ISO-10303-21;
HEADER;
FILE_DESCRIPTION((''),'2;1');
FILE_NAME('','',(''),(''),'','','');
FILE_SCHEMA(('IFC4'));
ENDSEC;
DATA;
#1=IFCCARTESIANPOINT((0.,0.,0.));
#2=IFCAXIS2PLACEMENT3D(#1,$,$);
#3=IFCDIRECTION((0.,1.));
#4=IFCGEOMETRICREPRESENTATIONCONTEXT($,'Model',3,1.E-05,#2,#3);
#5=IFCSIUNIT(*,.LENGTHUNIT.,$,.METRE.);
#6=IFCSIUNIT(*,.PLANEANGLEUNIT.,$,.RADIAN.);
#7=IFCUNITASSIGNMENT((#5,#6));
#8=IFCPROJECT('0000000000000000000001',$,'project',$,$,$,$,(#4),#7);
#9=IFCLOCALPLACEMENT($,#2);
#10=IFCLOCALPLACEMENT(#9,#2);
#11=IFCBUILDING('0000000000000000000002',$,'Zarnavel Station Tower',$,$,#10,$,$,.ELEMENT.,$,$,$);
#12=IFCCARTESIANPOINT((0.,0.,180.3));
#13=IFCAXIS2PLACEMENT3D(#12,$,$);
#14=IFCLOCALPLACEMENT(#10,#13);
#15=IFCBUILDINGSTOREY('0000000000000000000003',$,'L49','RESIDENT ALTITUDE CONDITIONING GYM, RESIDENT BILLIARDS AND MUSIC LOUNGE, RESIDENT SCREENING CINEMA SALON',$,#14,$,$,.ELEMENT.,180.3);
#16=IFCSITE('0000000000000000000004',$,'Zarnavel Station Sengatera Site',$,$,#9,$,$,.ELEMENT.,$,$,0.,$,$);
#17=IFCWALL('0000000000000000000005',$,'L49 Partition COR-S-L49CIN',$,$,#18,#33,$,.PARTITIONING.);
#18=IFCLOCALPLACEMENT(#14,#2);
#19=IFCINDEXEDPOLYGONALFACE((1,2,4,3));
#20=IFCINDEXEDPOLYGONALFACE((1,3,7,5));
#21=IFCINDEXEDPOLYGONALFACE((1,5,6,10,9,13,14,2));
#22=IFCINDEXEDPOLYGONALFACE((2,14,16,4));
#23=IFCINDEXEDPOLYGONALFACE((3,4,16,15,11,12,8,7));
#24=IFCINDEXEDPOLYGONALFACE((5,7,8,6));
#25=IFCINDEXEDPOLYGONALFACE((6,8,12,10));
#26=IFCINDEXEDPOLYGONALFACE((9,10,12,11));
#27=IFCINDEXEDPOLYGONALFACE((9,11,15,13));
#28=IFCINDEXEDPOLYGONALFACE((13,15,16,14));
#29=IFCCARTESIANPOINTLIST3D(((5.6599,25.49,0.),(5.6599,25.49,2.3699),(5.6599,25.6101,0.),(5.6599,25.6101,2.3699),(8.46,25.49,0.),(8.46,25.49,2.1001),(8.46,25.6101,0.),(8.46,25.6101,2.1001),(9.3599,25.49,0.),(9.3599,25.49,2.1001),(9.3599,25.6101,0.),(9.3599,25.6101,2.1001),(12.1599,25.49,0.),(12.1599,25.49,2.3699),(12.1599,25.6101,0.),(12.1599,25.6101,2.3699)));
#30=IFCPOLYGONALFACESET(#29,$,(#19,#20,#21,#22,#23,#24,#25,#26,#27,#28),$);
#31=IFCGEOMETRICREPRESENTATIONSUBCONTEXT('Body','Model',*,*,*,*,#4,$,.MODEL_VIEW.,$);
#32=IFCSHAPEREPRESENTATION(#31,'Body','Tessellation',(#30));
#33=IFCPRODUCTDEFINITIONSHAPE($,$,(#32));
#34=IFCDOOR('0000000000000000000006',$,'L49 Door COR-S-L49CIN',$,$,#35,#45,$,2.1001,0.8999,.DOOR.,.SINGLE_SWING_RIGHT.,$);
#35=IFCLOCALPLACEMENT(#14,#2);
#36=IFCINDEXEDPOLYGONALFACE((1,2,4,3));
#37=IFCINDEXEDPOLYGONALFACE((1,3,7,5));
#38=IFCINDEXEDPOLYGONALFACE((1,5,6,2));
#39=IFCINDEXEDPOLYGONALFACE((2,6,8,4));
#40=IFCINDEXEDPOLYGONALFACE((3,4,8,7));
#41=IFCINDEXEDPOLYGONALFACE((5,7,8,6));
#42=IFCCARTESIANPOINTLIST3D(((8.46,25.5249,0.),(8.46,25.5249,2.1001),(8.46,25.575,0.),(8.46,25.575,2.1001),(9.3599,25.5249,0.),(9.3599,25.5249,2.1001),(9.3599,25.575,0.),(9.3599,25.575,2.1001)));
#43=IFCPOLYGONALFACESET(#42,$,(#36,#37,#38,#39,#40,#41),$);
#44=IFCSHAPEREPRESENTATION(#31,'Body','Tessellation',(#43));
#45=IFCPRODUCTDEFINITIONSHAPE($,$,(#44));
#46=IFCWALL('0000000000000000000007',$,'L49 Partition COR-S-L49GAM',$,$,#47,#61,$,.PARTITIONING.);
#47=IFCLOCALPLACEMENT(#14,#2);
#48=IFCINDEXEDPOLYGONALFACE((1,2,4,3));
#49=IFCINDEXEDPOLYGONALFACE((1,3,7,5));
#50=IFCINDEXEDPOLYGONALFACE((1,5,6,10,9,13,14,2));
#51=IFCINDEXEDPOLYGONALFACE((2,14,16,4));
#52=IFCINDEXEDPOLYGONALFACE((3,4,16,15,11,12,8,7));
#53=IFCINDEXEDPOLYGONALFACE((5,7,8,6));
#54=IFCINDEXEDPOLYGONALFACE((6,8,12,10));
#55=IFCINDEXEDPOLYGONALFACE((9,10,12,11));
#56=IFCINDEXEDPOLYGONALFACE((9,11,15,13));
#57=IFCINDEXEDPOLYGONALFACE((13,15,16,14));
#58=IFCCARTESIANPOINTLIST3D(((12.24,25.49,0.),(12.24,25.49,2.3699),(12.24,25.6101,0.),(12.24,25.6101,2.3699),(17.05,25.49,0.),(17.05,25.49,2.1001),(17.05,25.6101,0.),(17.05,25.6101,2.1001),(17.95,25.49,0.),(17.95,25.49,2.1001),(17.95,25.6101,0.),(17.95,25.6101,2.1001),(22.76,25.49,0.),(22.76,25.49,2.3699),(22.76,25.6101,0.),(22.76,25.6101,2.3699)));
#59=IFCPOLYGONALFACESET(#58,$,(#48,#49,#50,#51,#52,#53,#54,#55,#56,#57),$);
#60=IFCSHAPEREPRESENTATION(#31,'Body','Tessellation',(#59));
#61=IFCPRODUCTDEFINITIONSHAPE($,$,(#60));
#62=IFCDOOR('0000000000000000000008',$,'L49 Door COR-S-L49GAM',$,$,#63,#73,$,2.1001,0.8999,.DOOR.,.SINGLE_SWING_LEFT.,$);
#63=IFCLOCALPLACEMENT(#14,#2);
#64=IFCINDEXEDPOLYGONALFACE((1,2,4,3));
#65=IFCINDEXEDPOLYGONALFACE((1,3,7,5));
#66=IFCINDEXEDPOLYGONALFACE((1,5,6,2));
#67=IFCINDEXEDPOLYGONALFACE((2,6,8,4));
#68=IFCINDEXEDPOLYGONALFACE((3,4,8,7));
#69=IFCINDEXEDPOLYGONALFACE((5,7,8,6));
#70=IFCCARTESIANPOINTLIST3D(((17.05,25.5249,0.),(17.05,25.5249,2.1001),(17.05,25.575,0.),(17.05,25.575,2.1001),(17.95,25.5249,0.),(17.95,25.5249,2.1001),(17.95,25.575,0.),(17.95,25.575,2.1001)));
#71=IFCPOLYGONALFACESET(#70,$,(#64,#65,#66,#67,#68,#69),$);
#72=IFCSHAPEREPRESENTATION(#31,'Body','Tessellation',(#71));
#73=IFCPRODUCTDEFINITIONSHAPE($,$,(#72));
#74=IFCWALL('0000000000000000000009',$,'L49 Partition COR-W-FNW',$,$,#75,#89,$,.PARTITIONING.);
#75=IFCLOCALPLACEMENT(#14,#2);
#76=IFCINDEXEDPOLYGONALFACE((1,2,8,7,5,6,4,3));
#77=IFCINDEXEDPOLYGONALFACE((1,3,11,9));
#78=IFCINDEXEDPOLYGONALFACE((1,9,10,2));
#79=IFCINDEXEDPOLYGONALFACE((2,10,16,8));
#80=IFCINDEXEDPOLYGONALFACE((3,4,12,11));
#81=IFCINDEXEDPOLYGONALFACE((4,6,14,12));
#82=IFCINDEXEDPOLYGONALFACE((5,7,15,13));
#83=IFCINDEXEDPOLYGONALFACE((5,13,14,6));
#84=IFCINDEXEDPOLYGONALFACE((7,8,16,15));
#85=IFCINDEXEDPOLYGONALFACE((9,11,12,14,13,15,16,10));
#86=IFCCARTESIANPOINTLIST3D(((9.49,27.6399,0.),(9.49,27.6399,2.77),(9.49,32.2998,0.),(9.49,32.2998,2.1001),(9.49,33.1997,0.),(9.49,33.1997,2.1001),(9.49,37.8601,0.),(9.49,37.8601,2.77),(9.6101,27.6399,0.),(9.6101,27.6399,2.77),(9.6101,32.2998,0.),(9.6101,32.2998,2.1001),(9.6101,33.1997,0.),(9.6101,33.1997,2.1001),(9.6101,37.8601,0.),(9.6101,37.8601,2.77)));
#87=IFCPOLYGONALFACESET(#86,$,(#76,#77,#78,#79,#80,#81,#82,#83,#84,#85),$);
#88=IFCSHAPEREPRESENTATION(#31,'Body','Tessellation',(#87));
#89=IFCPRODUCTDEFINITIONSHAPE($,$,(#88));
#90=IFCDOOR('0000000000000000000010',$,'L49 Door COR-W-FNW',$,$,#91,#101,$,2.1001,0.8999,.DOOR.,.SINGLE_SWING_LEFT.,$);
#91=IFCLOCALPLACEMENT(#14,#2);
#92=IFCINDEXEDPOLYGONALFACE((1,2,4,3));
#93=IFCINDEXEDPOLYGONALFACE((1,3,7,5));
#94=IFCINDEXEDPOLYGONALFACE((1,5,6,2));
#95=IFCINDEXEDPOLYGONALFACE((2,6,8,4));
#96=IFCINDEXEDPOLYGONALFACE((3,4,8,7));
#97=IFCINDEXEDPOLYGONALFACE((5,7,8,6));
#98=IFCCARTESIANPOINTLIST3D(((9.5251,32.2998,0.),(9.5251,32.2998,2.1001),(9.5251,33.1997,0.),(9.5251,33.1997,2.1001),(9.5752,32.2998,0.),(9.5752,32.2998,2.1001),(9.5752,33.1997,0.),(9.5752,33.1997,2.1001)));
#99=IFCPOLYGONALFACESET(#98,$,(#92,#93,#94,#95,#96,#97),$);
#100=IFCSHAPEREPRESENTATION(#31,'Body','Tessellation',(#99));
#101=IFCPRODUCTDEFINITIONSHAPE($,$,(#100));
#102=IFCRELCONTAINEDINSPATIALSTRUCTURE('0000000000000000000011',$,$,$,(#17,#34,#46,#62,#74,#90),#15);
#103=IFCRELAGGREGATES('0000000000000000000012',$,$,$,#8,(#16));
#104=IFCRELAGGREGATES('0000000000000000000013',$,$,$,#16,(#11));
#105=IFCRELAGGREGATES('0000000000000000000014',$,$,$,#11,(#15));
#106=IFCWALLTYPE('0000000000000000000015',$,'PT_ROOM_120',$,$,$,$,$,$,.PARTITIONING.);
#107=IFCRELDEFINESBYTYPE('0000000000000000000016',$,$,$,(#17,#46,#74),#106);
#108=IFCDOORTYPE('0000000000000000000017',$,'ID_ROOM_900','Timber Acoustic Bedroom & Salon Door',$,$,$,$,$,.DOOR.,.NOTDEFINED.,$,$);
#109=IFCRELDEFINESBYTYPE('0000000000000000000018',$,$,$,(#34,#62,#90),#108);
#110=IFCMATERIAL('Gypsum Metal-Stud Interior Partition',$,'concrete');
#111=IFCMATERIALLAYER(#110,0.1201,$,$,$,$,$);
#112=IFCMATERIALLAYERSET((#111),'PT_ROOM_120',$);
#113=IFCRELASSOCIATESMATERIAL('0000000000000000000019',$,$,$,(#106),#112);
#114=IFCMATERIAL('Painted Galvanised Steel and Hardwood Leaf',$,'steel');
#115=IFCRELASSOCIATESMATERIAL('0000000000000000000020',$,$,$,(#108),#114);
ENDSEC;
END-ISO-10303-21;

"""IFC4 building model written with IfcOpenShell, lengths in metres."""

from ifc_helpers import new_model, si_unit, direction, frame, frame_2d, origin, place, context, subcontext, project, spatial, rectangle, extrude, material, layer, layer_set, type_object, element, fill, save


model = new_model("IFC4")

# Units and contexts
model_context = context("Model", 3, precision=1e-05, world=origin(), true_north=direction((0.0, 1.0)))
body_context = subcontext(model_context, "Body", "Model", "MODEL_VIEW")
ifc_project = project(units=[si_unit("LENGTHUNIT", "METRE"), si_unit("PLANEANGLEUNIT", "RADIAN")], contexts=[model_context])

# Site, building, storey
site_placement = place(None, origin())
site = spatial("IfcSite", under=ifc_project, at=site_placement, Name="Zarnavel Station Sengatera Site", CompositionType="ELEMENT", RefElevation=0.0)
building_placement = place(site_placement, origin())
building = spatial("IfcBuilding", under=site, at=building_placement, Name="Zarnavel Station Tower", CompositionType="ELEMENT")
storey_placement = place(building_placement, frame((0.0, 0.0, 180.3)))
storey = spatial("IfcBuildingStorey", under=building, at=storey_placement, Name="L49", Description="RESIDENT ALTITUDE CONDITIONING GYM, RESIDENT BILLIARDS AND MUSIC LOUNGE, RESIDENT SCREENING CINEMA SALON", CompositionType="ELEMENT", Elevation=180.3)

# Walls, openings, doors
ifc_material_1 = material(Name="Gypsum Metal-Stud Interior Partition", Category="concrete")
ifc_layer_1 = layer(ifc_material_1, 0.1201)
ifc_layer_set_1 = layer_set([ifc_layer_1], Name="PT_ROOM_120")
wall_type_1 = type_object("IfcWallType", Name="PT_ROOM_120", PredefinedType="PARTITIONING", material=ifc_layer_set_1)
ifc_material_2 = material(Name="Painted Galvanised Steel and Hardwood Leaf", Category="steel")
door_type = type_object("IfcDoorType", Name="ID_ROOM_900", Description="Timber Acoustic Bedroom & Salon Door", OperationType="NOTDEFINED", PredefinedType="DOOR", material=ifc_material_2)
wall_1_placement = place(storey_placement, frame((5.6599, 25.55, 0.0), z_axis=(0.0, 0.0, 1.0), x_axis=(1.0, 0.0, 0.0)))
wall_1 = element("IfcWall", 1, at=wall_1_placement, inside=storey, type_object=wall_type_1, Name="L49 Partition COR-S-L49CIN", PredefinedType="PARTITIONING", context=body_context, shape_type="SweptSolid", body=[
    extrude(rectangle(XDim=6.5, YDim=0.1201, at=frame_2d((3.25, 0.0))), origin(), (0.0, 0.0, 1.0), 2.3699),
])
opening_1_placement = place(wall_1_placement, frame((2.8, 0.0, 0.0)))
opening_1 = element("IfcOpeningElement", 2, at=opening_1_placement, cuts=wall_1, PredefinedType="OPENING", context=body_context, shape_type="SweptSolid", body=[
    extrude(rectangle(XDim=0.8999, YDim=2.1001, at=frame_2d((0.45, 1.05))), frame((0.0, 0.0701, 0.0), z_axis=(0.0, -1.0, 0.0), x_axis=(1.0, 0.0, 0.0)), (0.0, 0.0, 1.0), 0.1401),
])
door_1_placement = place(opening_1_placement, origin())
door_1 = element("IfcDoor", 3, at=door_1_placement, inside=storey, type_object=door_type, Name="L49 Door COR-S-L49CIN", OperationType="SINGLE_SWING_RIGHT", OverallHeight=2.1001, OverallWidth=0.8999, PredefinedType="DOOR", context=body_context, shape_type="SweptSolid", body=[
    extrude(rectangle(XDim=0.8999, YDim=2.1001, at=frame_2d((0.45, 1.05))), frame((0.0, 0.0249, 0.0), z_axis=(0.0, -1.0, 0.0), x_axis=(1.0, 0.0, 0.0)), (0.0, 0.0, 1.0), 0.05),
])
fill(opening_1, door_1)
wall_2_placement = place(storey_placement, frame((12.24, 25.55, 0.0), z_axis=(0.0, 0.0, 1.0), x_axis=(1.0, 0.0, 0.0)))
wall_2 = element("IfcWall", 4, at=wall_2_placement, inside=storey, type_object=wall_type_1, Name="L49 Partition COR-S-L49GAM", PredefinedType="PARTITIONING", context=body_context, shape_type="SweptSolid", body=[
    extrude(rectangle(XDim=10.52, YDim=0.1201, at=frame_2d((5.26, 0.0))), origin(), (0.0, 0.0, 1.0), 2.3699),
])
opening_2_placement = place(wall_2_placement, frame((4.8101, 0.0, 0.0)))
opening_2 = element("IfcOpeningElement", 5, at=opening_2_placement, cuts=wall_2, PredefinedType="OPENING", context=body_context, shape_type="SweptSolid", body=[
    extrude(rectangle(XDim=0.8999, YDim=2.1001, at=frame_2d((0.45, 1.05))), frame((0.0, 0.0701, 0.0), z_axis=(0.0, -1.0, 0.0), x_axis=(1.0, 0.0, 0.0)), (0.0, 0.0, 1.0), 0.1401),
])
door_2_placement = place(opening_2_placement, origin())
door_2 = element("IfcDoor", 6, at=door_2_placement, inside=storey, type_object=door_type, Name="L49 Door COR-S-L49GAM", OperationType="SINGLE_SWING_LEFT", OverallHeight=2.1001, OverallWidth=0.8999, PredefinedType="DOOR", context=body_context, shape_type="SweptSolid", body=[
    extrude(rectangle(XDim=0.8999, YDim=2.1001, at=frame_2d((0.45, 1.05))), frame((0.0, 0.0249, 0.0), z_axis=(0.0, -1.0, 0.0), x_axis=(1.0, 0.0, 0.0)), (0.0, 0.0, 1.0), 0.05),
])
fill(opening_2, door_2)
wall_3_placement = place(storey_placement, frame((9.55, 27.6399, 0.0), z_axis=(0.0, 0.0, 1.0), x_axis=(0.0, 1.0, 0.0)))
wall_3 = element("IfcWall", 7, at=wall_3_placement, inside=storey, type_object=wall_type_1, Name="L49 Partition COR-W-FNW", PredefinedType="PARTITIONING", context=body_context, shape_type="SweptSolid", body=[
    extrude(rectangle(XDim=10.2202, YDim=0.1201, at=frame_2d((5.1101, 0.0))), origin(), (0.0, 0.0, 1.0), 2.77),
])
opening_3_placement = place(wall_3_placement, frame((4.6599, 0.0, 0.0)))
opening_3 = element("IfcOpeningElement", 8, at=opening_3_placement, cuts=wall_3, PredefinedType="OPENING", context=body_context, shape_type="SweptSolid", body=[
    extrude(rectangle(XDim=0.8999, YDim=2.1001, at=frame_2d((0.45, 1.05))), frame((0.0, 0.0701, 0.0), z_axis=(0.0, -1.0, 0.0), x_axis=(1.0, 0.0, 0.0)), (0.0, 0.0, 1.0), 0.1401),
])
door_3_placement = place(opening_3_placement, origin())
door_3 = element("IfcDoor", 9, at=door_3_placement, inside=storey, type_object=door_type, Name="L49 Door COR-W-FNW", OperationType="SINGLE_SWING_LEFT", OverallHeight=2.1001, OverallWidth=0.8999, PredefinedType="DOOR", context=body_context, shape_type="SweptSolid", body=[
    extrude(rectangle(XDim=0.8999, YDim=2.1001, at=frame_2d((0.45, 1.05))), frame((0.0, 0.0249, 0.0), z_axis=(0.0, -1.0, 0.0), x_axis=(1.0, 0.0, 0.0)), (0.0, 0.0, 1.0), 0.05),
])
fill(opening_3, door_3)

save(model, "model.ifc")
